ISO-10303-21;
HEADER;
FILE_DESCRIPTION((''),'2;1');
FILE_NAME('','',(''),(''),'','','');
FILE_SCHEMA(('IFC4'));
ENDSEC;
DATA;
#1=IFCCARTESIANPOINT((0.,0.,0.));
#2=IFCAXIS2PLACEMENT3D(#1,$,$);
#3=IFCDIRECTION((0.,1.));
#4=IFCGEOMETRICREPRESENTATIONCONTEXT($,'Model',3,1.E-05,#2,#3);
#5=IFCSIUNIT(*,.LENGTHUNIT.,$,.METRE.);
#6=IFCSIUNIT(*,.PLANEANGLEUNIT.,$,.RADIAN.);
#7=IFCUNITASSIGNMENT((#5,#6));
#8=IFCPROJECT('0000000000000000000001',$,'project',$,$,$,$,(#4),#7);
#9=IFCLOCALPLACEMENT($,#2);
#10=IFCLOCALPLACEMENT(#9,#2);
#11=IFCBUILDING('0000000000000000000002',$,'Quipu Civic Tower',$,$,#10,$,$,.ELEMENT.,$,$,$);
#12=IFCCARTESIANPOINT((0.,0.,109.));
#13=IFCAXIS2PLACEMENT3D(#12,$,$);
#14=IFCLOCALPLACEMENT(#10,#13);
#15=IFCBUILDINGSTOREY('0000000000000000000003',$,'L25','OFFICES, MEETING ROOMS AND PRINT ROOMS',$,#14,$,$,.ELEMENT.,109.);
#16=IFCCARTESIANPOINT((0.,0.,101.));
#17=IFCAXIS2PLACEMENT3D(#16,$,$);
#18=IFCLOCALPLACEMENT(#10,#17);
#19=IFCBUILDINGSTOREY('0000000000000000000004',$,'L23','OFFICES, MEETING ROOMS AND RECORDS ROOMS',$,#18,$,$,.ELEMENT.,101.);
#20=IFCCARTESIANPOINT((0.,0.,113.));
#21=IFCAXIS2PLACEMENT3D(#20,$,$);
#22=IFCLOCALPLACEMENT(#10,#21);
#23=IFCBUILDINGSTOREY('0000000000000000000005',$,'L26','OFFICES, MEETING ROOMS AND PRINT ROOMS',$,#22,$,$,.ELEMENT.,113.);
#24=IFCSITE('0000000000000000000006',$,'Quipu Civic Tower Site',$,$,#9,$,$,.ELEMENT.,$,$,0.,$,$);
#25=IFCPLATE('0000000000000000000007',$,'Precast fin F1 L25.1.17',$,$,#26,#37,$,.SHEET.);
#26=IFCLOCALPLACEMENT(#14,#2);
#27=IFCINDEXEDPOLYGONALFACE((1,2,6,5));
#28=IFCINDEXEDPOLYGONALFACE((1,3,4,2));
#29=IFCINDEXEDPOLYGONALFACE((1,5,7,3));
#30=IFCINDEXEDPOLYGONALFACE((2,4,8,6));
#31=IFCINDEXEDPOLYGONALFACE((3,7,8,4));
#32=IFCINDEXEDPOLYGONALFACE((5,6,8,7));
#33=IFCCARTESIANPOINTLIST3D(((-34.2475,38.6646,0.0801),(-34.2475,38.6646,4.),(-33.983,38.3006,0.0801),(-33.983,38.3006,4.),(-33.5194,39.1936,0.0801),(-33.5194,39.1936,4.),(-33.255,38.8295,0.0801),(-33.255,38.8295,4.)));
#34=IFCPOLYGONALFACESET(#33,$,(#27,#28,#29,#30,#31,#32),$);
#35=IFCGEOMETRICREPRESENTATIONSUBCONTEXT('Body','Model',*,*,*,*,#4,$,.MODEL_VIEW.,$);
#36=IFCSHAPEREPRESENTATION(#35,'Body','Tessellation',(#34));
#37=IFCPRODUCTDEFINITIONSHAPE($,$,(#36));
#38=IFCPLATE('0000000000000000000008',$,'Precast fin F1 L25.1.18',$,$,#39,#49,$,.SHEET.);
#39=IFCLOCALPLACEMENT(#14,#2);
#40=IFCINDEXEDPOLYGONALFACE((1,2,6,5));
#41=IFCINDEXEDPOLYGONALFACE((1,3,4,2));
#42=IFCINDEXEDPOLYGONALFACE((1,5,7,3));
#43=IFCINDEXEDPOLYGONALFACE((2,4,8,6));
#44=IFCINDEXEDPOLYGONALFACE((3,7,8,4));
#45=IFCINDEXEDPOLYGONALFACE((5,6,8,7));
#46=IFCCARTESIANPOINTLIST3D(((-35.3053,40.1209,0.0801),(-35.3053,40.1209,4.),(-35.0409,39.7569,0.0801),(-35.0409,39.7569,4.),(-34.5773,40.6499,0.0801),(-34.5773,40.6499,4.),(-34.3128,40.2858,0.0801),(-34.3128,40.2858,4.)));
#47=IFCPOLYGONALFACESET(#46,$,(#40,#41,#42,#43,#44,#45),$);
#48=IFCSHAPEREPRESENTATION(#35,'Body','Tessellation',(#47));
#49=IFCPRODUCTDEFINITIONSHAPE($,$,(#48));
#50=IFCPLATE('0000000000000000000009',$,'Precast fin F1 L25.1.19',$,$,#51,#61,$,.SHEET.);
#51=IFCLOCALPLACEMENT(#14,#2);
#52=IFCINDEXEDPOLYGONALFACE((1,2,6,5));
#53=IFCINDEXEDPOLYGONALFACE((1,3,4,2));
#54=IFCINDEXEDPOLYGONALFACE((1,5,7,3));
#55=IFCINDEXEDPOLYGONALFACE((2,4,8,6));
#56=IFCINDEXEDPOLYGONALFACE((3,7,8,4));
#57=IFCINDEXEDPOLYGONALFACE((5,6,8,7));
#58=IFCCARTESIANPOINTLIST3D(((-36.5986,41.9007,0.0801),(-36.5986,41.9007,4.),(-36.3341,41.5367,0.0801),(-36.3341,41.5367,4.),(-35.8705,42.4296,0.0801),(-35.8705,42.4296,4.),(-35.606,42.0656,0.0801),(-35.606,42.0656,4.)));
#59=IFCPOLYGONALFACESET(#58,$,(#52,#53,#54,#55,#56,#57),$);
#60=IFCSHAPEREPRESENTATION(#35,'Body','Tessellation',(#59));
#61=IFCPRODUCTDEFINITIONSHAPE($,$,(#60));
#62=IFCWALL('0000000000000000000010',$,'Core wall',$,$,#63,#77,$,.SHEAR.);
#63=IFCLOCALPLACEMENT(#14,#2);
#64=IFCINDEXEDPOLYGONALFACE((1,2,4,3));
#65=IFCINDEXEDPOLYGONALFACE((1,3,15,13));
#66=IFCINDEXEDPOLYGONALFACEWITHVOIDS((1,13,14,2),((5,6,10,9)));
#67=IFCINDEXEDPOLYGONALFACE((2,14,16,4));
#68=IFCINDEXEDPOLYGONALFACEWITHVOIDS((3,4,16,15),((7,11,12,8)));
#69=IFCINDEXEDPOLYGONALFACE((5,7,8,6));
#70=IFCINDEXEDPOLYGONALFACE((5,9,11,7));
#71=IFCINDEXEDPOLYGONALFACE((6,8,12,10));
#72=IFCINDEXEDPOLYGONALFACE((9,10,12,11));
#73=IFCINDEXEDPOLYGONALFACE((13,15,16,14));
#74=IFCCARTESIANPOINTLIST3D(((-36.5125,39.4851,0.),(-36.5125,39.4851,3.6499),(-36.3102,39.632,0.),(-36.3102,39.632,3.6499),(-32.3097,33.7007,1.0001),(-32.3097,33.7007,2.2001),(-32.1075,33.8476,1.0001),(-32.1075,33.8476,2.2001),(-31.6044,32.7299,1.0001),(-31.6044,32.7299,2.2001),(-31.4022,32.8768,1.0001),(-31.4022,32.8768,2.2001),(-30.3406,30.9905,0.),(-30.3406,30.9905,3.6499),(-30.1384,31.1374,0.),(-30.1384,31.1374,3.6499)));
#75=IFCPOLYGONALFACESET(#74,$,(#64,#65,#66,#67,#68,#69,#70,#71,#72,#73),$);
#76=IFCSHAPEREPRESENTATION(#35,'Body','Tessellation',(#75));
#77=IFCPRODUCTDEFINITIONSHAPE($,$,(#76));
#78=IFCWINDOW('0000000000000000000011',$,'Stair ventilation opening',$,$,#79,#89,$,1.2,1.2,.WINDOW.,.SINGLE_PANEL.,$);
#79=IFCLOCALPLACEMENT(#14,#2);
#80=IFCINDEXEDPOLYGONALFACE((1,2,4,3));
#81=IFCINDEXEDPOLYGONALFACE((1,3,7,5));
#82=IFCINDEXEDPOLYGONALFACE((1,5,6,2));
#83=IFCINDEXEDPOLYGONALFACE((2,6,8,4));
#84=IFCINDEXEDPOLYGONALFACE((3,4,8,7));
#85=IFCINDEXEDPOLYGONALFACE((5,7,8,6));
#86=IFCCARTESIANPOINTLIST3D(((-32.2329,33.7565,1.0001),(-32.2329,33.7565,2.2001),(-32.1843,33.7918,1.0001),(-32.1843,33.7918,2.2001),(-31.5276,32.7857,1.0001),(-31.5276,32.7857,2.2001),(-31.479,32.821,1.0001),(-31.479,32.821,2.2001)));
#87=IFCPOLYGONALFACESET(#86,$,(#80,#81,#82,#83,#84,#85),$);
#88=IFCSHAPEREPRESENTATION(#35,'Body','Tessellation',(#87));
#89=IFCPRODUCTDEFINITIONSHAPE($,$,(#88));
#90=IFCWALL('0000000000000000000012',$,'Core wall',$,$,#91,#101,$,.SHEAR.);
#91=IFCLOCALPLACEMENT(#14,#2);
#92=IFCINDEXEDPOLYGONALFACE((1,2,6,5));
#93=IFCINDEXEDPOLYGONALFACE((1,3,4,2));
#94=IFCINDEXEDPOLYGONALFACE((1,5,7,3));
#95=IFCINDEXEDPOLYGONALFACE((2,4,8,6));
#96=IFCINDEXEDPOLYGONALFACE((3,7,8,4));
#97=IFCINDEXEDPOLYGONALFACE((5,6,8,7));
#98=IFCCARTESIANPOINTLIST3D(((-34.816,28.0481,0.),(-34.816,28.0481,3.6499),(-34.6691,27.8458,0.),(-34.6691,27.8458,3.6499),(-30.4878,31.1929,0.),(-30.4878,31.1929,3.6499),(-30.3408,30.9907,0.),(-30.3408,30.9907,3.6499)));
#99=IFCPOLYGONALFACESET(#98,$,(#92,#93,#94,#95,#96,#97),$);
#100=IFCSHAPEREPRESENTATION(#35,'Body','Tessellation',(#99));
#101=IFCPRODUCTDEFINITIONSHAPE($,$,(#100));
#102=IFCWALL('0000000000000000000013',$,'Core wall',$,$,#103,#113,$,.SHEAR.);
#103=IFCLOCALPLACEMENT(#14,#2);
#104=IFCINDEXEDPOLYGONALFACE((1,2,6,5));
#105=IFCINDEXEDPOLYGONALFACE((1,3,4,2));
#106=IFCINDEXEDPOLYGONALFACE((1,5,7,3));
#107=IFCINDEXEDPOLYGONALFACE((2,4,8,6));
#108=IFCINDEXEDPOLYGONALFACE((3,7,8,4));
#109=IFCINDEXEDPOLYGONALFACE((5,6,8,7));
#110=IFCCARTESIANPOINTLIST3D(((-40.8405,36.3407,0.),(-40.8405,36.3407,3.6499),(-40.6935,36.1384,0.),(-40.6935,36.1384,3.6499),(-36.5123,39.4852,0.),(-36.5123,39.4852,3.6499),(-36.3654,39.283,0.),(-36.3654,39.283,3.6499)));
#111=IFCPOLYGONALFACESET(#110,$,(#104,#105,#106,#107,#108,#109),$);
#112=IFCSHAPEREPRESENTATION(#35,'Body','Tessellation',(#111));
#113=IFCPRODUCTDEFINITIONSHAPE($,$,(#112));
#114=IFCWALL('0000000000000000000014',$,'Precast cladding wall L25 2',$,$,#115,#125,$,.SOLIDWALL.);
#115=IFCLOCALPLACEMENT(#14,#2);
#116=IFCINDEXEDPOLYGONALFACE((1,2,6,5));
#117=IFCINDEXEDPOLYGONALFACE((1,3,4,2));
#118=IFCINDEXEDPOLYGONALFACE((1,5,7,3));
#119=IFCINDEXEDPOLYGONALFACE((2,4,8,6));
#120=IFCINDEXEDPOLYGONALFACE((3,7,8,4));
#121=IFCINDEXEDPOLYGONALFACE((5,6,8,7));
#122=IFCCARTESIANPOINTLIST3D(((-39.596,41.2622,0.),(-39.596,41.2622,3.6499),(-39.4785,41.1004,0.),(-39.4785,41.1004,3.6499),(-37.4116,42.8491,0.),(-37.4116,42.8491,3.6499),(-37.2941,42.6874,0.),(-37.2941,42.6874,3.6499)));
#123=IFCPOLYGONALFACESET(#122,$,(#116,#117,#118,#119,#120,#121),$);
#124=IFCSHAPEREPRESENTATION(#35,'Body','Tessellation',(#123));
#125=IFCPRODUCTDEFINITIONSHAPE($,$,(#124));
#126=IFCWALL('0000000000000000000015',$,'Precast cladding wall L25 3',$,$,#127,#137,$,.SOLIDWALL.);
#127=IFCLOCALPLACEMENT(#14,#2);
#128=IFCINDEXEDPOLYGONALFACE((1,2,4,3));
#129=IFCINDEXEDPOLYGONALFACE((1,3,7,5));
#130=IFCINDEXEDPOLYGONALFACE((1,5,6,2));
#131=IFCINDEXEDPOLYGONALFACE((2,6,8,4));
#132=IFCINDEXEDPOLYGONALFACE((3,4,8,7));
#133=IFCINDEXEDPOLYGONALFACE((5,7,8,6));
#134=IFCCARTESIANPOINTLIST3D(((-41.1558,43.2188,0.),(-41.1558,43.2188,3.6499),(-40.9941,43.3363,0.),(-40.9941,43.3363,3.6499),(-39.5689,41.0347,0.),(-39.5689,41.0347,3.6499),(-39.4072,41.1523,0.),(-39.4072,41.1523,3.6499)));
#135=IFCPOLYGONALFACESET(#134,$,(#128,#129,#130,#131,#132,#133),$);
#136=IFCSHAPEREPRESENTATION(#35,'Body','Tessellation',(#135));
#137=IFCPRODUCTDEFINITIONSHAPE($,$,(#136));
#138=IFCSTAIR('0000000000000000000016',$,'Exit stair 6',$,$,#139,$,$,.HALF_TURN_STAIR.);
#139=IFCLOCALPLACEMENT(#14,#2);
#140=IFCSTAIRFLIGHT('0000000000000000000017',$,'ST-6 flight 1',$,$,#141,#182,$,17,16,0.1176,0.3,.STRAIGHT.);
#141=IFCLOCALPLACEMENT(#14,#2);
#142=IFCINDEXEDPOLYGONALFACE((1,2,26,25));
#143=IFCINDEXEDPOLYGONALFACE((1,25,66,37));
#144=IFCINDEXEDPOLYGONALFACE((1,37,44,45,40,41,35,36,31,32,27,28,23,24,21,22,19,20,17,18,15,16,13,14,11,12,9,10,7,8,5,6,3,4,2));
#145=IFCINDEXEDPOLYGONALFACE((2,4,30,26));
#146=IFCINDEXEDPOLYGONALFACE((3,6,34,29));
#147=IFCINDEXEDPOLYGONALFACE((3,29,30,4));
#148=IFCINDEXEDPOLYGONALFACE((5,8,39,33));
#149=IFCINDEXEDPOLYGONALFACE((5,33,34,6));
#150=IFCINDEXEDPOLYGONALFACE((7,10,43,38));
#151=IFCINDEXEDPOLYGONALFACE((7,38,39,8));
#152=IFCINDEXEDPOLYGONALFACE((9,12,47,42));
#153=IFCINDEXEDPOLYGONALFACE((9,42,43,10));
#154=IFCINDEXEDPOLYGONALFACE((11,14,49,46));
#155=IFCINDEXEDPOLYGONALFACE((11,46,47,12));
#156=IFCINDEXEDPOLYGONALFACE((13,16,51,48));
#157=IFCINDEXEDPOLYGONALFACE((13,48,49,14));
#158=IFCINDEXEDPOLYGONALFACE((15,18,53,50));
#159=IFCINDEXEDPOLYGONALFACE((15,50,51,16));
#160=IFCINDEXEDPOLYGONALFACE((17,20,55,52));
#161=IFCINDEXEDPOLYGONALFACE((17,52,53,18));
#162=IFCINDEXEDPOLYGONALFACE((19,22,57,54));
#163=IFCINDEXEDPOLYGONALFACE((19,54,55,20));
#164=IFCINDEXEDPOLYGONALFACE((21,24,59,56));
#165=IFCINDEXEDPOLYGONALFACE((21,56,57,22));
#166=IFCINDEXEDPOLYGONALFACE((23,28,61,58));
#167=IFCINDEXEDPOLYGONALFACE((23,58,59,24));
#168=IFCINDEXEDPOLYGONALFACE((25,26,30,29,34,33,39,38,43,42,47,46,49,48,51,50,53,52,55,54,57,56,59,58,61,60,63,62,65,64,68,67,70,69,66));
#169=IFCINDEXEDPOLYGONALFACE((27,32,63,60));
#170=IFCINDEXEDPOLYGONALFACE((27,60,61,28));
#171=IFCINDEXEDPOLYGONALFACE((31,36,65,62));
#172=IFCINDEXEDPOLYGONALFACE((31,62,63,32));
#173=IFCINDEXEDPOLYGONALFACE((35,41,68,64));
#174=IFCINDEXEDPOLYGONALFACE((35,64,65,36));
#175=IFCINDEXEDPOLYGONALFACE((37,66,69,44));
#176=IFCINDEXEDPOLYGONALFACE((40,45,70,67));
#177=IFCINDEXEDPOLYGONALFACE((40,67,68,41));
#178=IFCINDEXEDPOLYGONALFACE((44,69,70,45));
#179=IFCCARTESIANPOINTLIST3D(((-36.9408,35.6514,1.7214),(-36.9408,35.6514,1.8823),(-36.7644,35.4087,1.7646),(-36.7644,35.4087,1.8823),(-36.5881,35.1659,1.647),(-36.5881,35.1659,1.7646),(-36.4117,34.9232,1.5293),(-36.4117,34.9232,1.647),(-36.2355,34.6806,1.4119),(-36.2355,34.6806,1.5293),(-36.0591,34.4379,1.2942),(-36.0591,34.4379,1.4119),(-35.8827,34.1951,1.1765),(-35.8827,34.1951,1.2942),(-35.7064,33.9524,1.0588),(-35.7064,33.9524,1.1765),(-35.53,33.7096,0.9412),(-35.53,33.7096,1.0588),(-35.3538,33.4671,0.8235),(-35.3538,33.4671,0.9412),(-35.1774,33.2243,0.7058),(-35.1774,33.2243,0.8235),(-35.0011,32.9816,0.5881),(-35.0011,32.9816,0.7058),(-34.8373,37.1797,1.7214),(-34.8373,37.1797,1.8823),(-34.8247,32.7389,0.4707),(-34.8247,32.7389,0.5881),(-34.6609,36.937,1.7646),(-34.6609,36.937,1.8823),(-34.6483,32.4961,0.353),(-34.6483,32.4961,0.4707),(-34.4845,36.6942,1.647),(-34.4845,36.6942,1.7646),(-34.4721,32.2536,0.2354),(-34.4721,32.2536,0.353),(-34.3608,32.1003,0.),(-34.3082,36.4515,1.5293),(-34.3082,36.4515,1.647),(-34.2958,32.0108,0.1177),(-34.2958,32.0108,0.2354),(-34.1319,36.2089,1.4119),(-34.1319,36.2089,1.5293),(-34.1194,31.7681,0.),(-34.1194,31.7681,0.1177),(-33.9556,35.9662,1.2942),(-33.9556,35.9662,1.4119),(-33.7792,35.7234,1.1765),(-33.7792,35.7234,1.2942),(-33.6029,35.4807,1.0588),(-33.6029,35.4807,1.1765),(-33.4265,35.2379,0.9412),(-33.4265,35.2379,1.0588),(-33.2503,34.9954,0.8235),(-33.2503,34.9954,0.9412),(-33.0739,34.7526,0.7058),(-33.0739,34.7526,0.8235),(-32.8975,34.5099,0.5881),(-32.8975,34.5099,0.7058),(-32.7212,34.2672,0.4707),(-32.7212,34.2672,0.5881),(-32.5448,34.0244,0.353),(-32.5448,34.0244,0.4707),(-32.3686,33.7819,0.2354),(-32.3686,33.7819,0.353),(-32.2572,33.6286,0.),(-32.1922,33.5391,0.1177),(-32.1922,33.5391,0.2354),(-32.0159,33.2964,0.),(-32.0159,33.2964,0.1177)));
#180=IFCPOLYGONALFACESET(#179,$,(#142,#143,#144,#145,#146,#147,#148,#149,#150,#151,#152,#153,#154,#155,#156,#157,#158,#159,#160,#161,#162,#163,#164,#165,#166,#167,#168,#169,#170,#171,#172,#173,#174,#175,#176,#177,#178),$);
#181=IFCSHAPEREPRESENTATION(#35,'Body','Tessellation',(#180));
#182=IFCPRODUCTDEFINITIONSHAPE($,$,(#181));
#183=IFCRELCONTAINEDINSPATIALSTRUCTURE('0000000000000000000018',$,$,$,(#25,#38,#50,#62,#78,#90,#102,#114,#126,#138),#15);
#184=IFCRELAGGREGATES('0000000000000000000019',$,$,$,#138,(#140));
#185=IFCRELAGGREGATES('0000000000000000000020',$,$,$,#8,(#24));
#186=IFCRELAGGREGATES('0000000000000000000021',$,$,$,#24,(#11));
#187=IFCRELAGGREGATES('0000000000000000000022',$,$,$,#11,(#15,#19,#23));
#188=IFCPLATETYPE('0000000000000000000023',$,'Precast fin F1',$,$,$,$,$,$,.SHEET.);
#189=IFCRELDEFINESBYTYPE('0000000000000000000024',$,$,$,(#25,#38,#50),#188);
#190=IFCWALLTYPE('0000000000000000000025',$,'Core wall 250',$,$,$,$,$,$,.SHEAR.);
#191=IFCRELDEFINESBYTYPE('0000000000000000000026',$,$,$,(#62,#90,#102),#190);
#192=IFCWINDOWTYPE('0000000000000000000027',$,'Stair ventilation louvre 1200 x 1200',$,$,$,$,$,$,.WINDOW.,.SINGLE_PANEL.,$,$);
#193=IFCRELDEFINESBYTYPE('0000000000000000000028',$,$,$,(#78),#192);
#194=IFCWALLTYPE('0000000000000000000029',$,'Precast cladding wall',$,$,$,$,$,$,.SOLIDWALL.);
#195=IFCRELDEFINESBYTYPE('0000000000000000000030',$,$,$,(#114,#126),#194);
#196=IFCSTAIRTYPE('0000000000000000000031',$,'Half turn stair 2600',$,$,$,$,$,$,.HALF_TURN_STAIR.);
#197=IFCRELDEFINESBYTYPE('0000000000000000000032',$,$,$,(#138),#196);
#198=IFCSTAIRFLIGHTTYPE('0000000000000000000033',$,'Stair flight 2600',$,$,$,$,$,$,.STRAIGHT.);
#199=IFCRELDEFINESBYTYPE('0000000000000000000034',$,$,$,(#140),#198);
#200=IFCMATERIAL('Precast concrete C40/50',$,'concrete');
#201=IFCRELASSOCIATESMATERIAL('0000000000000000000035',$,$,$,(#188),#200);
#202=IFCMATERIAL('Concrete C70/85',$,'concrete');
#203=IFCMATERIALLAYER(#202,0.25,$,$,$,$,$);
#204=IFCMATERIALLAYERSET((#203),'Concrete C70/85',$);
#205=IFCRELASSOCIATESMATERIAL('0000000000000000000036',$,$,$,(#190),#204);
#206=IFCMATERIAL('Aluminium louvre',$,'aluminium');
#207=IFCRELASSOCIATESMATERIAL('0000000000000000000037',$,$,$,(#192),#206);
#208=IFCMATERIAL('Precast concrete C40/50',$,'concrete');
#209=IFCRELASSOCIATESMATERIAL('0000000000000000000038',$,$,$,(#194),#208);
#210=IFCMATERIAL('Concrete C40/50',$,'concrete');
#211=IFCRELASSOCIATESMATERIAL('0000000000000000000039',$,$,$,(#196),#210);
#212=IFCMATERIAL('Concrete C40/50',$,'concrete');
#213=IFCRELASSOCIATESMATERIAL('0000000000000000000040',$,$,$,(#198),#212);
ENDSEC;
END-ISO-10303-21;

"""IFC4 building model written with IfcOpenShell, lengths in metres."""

from ifc_helpers import new_model, si_unit, direction, frame, frame_2d, origin, origin_2d, place, context, subcontext, project, spatial, polyline, rectangle, outline, extrude, material, layer, layer_set, type_object, element, fill, aggregate, save


model = new_model("IFC4")

# Units and contexts
model_context = context("Model", 3, precision=1e-05, world=origin(), true_north=direction((0.0, 1.0)))
body_context = subcontext(model_context, "Body", "Model", "MODEL_VIEW")
ifc_project = project(units=[si_unit("LENGTHUNIT", "METRE"), si_unit("PLANEANGLEUNIT", "RADIAN")], contexts=[model_context])

# Site, building, storey
site_placement = place(None, origin())
site = spatial("IfcSite", under=ifc_project, at=site_placement, Name="Quipu Civic Tower Site", CompositionType="ELEMENT", RefElevation=0.0)
building_placement = place(site_placement, origin())
building = spatial("IfcBuilding", under=site, at=building_placement, Name="Quipu Civic Tower", CompositionType="ELEMENT")
storey_1_placement = place(building_placement, frame((0.0, 0.0, 109.0)))
storey_1 = spatial("IfcBuildingStorey", under=building, at=storey_1_placement, Name="L25", Description="OFFICES, MEETING ROOMS AND PRINT ROOMS", CompositionType="ELEMENT", Elevation=109.0)

# Shared definitions
storey_2_placement = place(building_placement, frame((0.0, 0.0, 101.0)))
storey_2 = spatial("IfcBuildingStorey", under=building, at=storey_2_placement, Name="L23", Description="OFFICES, MEETING ROOMS AND RECORDS ROOMS", CompositionType="ELEMENT", Elevation=101.0)

# Shared definitions
storey_3_placement = place(building_placement, frame((0.0, 0.0, 113.0)))
storey_3 = spatial("IfcBuildingStorey", under=building, at=storey_3_placement, Name="L26", Description="OFFICES, MEETING ROOMS AND PRINT ROOMS", CompositionType="ELEMENT", Elevation=113.0)

# Plates
ifc_material_1 = material(Name="Precast concrete C40/50", Category="concrete")
plate_type_1 = type_object("IfcPlateType", Name="Precast fin F1", PredefinedType="SHEET", material=ifc_material_1)
for number, where, z_axis, x_axis, name in (
    (1, (-33.7512, 38.7471, 0.0801), (0.0, 0.0, 1.0), (-0.587785, 0.809017, 0.0), "Precast fin F1 L25.1.17"),
    (2, (-34.8091, 40.2034, 0.0801), (0.0, 0.0, 1.0), (-0.587785, 0.809017, 0.0), "Precast fin F1 L25.1.18"),
    (3, (-36.1023, 41.9832, 0.0801), (0.0, 0.0, 1.0), (-0.587785, 0.809017, 0.0), "Precast fin F1 L25.1.19"),
):
    element("IfcPlate", number, at=place(storey_1_placement, frame(where, z_axis=z_axis, x_axis=x_axis)), inside=storey_1, type_object=plate_type_1, Name=name, PredefinedType="SHEET", context=body_context, shape_type="SweptSolid", body=[
        extrude(rectangle(XDim=0.45, YDim=0.8999, at=origin_2d()), origin(), (0.0, 0.0, 1.0), 3.9199),
    ])

# Wall, opening, window
ifc_material_2 = material(Name="Concrete C70/85", Category="concrete")
ifc_layer_1 = layer(ifc_material_2, 0.25)
ifc_layer_set_1 = layer_set([ifc_layer_1], Name="Concrete C70/85")
wall_type_1 = type_object("IfcWallType", Name="Core wall 250", PredefinedType="SHEAR", material=ifc_layer_set_1)
wall_1_placement = place(storey_1_placement, frame((-30.2395, 31.064, 0.0), z_axis=(0.0, 0.0, 1.0), x_axis=(-0.587796, 0.809009, 0.0)))
wall_1 = element("IfcWall", 4, at=wall_1_placement, inside=storey_1, type_object=wall_type_1, Name="Core wall", PredefinedType="SHEAR", context=body_context, shape_type="SweptSolid", body=[
    extrude(rectangle(XDim=10.5, YDim=0.25, at=frame_2d((5.25, 0.0))), origin(), (0.0, 0.0, 1.0), 3.6499),
])
opening_placement = place(wall_1_placement, frame((2.1499, 0.0, 1.0)))
opening = element("IfcOpeningElement", 5, at=opening_placement, cuts=wall_1, PredefinedType="OPENING", context=body_context, shape_type="SweptSolid", body=[
    extrude(rectangle(XDim=1.2, YDim=1.2, at=frame_2d((0.6001, 0.6001))), frame((0.0, 0.135, 0.0), z_axis=(0.0, -1.0, 0.0), x_axis=(1.0, 0.0, 0.0)), (0.0, 0.0, 1.0), 0.27),
])
ifc_material_3 = material(Name="Aluminium louvre", Category="aluminium")
window_type = type_object("IfcWindowType", Name="Stair ventilation louvre 1200 x 1200", PartitioningType="SINGLE_PANEL", PredefinedType="WINDOW", material=ifc_material_3)
window_placement = place(opening_placement, origin())
window = element("IfcWindow", 6, at=window_placement, inside=storey_1, type_object=window_type, Name="Stair ventilation opening", OverallHeight=1.2, OverallWidth=1.2, PartitioningType="SINGLE_PANEL", PredefinedType="WINDOW", context=body_context, shape_type="SweptSolid", body=[
    extrude(rectangle(XDim=1.2, YDim=1.2, at=frame_2d((0.6001, 0.6001))), frame((0.0, 0.03, 0.0), z_axis=(0.0, -1.0, 0.0), x_axis=(1.0, 0.0, 0.0)), (0.0, 0.0, 1.0), 0.0601),
])
fill(opening, window)

# Walls
wall_2_placement = place(storey_1_placement, frame((-30.4143, 31.0918, 0.0), z_axis=(0.0, 0.0, 1.0), x_axis=(-0.808998, -0.587811, 0.0)))
element("IfcWall", 7, at=wall_2_placement, inside=storey_1, type_object=wall_type_1, Name="Core wall", PredefinedType="SHEAR", context=body_context, shape_type="SweptSolid", body=[
    extrude(rectangle(XDim=5.3501, YDim=0.25, at=frame_2d((2.675, 0.0))), origin(), (0.0, 0.0, 1.0), 3.6499),
])
wall_3_placement = place(storey_1_placement, frame((-36.439, 39.384, 0.0), z_axis=(0.0, 0.0, 1.0), x_axis=(-0.80902, -0.587781, 0.0)))
element("IfcWall", 8, at=wall_3_placement, inside=storey_1, type_object=wall_type_1, Name="Core wall", PredefinedType="SHEAR", context=body_context, shape_type="SweptSolid", body=[
    extrude(rectangle(XDim=5.3499, YDim=0.25, at=frame_2d((2.6748, 0.0))), origin(), (0.0, 0.0, 1.0), 3.6499),
])
ifc_material_4 = material(Name="Precast concrete C40/50", Category="concrete")
wall_type_2 = type_object("IfcWallType", Name="Precast cladding wall", PredefinedType="SOLIDWALL", material=ifc_material_4)
wall_4_placement = place(storey_1_placement, frame((-37.3528, 42.7683, 0.0), z_axis=(0.0, 0.0, 1.0), x_axis=(-0.809033, -0.587763, 0.0)))
element("IfcWall", 9, at=wall_4_placement, inside=storey_1, type_object=wall_type_2, Name="Precast cladding wall L25 2", PredefinedType="SOLIDWALL", context=body_context, shape_type="SweptSolid", body=[
    extrude(rectangle(XDim=2.7, YDim=0.2, at=frame_2d((1.3501, 0.0))), origin(), (0.0, 0.0, 1.0), 3.6499),
])
wall_5_placement = place(storey_1_placement, frame((-39.488, 41.0935, 0.0), z_axis=(0.0, 0.0, 1.0), x_axis=(-0.587806, 0.809002, 0.0)))
element("IfcWall", 10, at=wall_5_placement, inside=storey_1, type_object=wall_type_2, Name="Precast cladding wall L25 3", PredefinedType="SOLIDWALL", context=body_context, shape_type="SweptSolid", body=[
    extrude(rectangle(XDim=2.6997, YDim=0.2, at=frame_2d((1.3499, 0.0))), origin(), (0.0, 0.0, 1.0), 3.6499),
])

# Stair, stair flight
ifc_material_5 = material(Name="Concrete C40/50", Category="concrete")
stair_type = type_object("IfcStairType", Name="Half turn stair 2600", PredefinedType="HALF_TURN_STAIR", material=ifc_material_5)
stair_placement = place(storey_1_placement, origin())
stair = element("IfcStair", 11, at=stair_placement, inside=storey_1, type_object=stair_type, Name="Exit stair 6", PredefinedType="HALF_TURN_STAIR")
ifc_material_6 = material(Name="Concrete C40/50", Category="concrete")
stair_flight_type = type_object("IfcStairFlightType", Name="Stair flight 2600", PredefinedType="STRAIGHT", material=ifc_material_6)
stair_flight_1_placement = place(storey_1_placement, frame((-33.0676, 32.5322, 0.0), z_axis=(0.0, 0.0, 1.0), x_axis=(-0.587785, 0.809017, 0.0)))
stair_flight_1 = element("IfcStairFlight", 12, at=stair_flight_1_placement, type_object=stair_flight_type, Name="ST-6 flight 1", NumberOfRisers=17, NumberOfTreads=16, PredefinedType="STRAIGHT", RiserHeight=0.1176, TreadLength=0.3, context=body_context, shape_type="SweptSolid", body=[
    extrude(outline(polyline([(0.0, 0.0), (0.0, 0.1177), (0.3, 0.1177), (0.3, 0.2354), (0.6001, 0.2354), (0.6001, 0.353), (0.8999, 0.353), (0.8999, 0.4707), (1.2, 0.4707), (1.2, 0.5881), (1.5, 0.5881), (1.5, 0.7058), (1.8, 0.7058), (1.8, 0.8235), (2.1001, 0.8235), (2.1001, 0.9412), (2.3999, 0.9412), (2.3999, 1.0588), (2.7, 1.0588), (2.7, 1.1765), (3.0, 1.1765), (3.0, 1.2942), (3.3, 1.2942), (3.3, 1.4119), (3.6001, 1.4119), (3.6001, 1.5293), (3.8999, 1.5293), (3.8999, 1.647), (4.2, 1.647), (4.2, 1.7646), (4.5, 1.7646), (4.5, 1.8823), (4.8, 1.8823), (4.8, 2.0), (4.8, 1.7214), (0.4106, 0.0), (0.0, 0.0)])), frame((0.0, 1.3, 0.0), z_axis=(0.0, -1.0, 0.0), x_axis=(1.0, 0.0, 0.0)), (0.0, 0.0, 1.0), 2.6001),
])
aggregate(stair, [stair_flight_1])

save(model, "model.ifc")
